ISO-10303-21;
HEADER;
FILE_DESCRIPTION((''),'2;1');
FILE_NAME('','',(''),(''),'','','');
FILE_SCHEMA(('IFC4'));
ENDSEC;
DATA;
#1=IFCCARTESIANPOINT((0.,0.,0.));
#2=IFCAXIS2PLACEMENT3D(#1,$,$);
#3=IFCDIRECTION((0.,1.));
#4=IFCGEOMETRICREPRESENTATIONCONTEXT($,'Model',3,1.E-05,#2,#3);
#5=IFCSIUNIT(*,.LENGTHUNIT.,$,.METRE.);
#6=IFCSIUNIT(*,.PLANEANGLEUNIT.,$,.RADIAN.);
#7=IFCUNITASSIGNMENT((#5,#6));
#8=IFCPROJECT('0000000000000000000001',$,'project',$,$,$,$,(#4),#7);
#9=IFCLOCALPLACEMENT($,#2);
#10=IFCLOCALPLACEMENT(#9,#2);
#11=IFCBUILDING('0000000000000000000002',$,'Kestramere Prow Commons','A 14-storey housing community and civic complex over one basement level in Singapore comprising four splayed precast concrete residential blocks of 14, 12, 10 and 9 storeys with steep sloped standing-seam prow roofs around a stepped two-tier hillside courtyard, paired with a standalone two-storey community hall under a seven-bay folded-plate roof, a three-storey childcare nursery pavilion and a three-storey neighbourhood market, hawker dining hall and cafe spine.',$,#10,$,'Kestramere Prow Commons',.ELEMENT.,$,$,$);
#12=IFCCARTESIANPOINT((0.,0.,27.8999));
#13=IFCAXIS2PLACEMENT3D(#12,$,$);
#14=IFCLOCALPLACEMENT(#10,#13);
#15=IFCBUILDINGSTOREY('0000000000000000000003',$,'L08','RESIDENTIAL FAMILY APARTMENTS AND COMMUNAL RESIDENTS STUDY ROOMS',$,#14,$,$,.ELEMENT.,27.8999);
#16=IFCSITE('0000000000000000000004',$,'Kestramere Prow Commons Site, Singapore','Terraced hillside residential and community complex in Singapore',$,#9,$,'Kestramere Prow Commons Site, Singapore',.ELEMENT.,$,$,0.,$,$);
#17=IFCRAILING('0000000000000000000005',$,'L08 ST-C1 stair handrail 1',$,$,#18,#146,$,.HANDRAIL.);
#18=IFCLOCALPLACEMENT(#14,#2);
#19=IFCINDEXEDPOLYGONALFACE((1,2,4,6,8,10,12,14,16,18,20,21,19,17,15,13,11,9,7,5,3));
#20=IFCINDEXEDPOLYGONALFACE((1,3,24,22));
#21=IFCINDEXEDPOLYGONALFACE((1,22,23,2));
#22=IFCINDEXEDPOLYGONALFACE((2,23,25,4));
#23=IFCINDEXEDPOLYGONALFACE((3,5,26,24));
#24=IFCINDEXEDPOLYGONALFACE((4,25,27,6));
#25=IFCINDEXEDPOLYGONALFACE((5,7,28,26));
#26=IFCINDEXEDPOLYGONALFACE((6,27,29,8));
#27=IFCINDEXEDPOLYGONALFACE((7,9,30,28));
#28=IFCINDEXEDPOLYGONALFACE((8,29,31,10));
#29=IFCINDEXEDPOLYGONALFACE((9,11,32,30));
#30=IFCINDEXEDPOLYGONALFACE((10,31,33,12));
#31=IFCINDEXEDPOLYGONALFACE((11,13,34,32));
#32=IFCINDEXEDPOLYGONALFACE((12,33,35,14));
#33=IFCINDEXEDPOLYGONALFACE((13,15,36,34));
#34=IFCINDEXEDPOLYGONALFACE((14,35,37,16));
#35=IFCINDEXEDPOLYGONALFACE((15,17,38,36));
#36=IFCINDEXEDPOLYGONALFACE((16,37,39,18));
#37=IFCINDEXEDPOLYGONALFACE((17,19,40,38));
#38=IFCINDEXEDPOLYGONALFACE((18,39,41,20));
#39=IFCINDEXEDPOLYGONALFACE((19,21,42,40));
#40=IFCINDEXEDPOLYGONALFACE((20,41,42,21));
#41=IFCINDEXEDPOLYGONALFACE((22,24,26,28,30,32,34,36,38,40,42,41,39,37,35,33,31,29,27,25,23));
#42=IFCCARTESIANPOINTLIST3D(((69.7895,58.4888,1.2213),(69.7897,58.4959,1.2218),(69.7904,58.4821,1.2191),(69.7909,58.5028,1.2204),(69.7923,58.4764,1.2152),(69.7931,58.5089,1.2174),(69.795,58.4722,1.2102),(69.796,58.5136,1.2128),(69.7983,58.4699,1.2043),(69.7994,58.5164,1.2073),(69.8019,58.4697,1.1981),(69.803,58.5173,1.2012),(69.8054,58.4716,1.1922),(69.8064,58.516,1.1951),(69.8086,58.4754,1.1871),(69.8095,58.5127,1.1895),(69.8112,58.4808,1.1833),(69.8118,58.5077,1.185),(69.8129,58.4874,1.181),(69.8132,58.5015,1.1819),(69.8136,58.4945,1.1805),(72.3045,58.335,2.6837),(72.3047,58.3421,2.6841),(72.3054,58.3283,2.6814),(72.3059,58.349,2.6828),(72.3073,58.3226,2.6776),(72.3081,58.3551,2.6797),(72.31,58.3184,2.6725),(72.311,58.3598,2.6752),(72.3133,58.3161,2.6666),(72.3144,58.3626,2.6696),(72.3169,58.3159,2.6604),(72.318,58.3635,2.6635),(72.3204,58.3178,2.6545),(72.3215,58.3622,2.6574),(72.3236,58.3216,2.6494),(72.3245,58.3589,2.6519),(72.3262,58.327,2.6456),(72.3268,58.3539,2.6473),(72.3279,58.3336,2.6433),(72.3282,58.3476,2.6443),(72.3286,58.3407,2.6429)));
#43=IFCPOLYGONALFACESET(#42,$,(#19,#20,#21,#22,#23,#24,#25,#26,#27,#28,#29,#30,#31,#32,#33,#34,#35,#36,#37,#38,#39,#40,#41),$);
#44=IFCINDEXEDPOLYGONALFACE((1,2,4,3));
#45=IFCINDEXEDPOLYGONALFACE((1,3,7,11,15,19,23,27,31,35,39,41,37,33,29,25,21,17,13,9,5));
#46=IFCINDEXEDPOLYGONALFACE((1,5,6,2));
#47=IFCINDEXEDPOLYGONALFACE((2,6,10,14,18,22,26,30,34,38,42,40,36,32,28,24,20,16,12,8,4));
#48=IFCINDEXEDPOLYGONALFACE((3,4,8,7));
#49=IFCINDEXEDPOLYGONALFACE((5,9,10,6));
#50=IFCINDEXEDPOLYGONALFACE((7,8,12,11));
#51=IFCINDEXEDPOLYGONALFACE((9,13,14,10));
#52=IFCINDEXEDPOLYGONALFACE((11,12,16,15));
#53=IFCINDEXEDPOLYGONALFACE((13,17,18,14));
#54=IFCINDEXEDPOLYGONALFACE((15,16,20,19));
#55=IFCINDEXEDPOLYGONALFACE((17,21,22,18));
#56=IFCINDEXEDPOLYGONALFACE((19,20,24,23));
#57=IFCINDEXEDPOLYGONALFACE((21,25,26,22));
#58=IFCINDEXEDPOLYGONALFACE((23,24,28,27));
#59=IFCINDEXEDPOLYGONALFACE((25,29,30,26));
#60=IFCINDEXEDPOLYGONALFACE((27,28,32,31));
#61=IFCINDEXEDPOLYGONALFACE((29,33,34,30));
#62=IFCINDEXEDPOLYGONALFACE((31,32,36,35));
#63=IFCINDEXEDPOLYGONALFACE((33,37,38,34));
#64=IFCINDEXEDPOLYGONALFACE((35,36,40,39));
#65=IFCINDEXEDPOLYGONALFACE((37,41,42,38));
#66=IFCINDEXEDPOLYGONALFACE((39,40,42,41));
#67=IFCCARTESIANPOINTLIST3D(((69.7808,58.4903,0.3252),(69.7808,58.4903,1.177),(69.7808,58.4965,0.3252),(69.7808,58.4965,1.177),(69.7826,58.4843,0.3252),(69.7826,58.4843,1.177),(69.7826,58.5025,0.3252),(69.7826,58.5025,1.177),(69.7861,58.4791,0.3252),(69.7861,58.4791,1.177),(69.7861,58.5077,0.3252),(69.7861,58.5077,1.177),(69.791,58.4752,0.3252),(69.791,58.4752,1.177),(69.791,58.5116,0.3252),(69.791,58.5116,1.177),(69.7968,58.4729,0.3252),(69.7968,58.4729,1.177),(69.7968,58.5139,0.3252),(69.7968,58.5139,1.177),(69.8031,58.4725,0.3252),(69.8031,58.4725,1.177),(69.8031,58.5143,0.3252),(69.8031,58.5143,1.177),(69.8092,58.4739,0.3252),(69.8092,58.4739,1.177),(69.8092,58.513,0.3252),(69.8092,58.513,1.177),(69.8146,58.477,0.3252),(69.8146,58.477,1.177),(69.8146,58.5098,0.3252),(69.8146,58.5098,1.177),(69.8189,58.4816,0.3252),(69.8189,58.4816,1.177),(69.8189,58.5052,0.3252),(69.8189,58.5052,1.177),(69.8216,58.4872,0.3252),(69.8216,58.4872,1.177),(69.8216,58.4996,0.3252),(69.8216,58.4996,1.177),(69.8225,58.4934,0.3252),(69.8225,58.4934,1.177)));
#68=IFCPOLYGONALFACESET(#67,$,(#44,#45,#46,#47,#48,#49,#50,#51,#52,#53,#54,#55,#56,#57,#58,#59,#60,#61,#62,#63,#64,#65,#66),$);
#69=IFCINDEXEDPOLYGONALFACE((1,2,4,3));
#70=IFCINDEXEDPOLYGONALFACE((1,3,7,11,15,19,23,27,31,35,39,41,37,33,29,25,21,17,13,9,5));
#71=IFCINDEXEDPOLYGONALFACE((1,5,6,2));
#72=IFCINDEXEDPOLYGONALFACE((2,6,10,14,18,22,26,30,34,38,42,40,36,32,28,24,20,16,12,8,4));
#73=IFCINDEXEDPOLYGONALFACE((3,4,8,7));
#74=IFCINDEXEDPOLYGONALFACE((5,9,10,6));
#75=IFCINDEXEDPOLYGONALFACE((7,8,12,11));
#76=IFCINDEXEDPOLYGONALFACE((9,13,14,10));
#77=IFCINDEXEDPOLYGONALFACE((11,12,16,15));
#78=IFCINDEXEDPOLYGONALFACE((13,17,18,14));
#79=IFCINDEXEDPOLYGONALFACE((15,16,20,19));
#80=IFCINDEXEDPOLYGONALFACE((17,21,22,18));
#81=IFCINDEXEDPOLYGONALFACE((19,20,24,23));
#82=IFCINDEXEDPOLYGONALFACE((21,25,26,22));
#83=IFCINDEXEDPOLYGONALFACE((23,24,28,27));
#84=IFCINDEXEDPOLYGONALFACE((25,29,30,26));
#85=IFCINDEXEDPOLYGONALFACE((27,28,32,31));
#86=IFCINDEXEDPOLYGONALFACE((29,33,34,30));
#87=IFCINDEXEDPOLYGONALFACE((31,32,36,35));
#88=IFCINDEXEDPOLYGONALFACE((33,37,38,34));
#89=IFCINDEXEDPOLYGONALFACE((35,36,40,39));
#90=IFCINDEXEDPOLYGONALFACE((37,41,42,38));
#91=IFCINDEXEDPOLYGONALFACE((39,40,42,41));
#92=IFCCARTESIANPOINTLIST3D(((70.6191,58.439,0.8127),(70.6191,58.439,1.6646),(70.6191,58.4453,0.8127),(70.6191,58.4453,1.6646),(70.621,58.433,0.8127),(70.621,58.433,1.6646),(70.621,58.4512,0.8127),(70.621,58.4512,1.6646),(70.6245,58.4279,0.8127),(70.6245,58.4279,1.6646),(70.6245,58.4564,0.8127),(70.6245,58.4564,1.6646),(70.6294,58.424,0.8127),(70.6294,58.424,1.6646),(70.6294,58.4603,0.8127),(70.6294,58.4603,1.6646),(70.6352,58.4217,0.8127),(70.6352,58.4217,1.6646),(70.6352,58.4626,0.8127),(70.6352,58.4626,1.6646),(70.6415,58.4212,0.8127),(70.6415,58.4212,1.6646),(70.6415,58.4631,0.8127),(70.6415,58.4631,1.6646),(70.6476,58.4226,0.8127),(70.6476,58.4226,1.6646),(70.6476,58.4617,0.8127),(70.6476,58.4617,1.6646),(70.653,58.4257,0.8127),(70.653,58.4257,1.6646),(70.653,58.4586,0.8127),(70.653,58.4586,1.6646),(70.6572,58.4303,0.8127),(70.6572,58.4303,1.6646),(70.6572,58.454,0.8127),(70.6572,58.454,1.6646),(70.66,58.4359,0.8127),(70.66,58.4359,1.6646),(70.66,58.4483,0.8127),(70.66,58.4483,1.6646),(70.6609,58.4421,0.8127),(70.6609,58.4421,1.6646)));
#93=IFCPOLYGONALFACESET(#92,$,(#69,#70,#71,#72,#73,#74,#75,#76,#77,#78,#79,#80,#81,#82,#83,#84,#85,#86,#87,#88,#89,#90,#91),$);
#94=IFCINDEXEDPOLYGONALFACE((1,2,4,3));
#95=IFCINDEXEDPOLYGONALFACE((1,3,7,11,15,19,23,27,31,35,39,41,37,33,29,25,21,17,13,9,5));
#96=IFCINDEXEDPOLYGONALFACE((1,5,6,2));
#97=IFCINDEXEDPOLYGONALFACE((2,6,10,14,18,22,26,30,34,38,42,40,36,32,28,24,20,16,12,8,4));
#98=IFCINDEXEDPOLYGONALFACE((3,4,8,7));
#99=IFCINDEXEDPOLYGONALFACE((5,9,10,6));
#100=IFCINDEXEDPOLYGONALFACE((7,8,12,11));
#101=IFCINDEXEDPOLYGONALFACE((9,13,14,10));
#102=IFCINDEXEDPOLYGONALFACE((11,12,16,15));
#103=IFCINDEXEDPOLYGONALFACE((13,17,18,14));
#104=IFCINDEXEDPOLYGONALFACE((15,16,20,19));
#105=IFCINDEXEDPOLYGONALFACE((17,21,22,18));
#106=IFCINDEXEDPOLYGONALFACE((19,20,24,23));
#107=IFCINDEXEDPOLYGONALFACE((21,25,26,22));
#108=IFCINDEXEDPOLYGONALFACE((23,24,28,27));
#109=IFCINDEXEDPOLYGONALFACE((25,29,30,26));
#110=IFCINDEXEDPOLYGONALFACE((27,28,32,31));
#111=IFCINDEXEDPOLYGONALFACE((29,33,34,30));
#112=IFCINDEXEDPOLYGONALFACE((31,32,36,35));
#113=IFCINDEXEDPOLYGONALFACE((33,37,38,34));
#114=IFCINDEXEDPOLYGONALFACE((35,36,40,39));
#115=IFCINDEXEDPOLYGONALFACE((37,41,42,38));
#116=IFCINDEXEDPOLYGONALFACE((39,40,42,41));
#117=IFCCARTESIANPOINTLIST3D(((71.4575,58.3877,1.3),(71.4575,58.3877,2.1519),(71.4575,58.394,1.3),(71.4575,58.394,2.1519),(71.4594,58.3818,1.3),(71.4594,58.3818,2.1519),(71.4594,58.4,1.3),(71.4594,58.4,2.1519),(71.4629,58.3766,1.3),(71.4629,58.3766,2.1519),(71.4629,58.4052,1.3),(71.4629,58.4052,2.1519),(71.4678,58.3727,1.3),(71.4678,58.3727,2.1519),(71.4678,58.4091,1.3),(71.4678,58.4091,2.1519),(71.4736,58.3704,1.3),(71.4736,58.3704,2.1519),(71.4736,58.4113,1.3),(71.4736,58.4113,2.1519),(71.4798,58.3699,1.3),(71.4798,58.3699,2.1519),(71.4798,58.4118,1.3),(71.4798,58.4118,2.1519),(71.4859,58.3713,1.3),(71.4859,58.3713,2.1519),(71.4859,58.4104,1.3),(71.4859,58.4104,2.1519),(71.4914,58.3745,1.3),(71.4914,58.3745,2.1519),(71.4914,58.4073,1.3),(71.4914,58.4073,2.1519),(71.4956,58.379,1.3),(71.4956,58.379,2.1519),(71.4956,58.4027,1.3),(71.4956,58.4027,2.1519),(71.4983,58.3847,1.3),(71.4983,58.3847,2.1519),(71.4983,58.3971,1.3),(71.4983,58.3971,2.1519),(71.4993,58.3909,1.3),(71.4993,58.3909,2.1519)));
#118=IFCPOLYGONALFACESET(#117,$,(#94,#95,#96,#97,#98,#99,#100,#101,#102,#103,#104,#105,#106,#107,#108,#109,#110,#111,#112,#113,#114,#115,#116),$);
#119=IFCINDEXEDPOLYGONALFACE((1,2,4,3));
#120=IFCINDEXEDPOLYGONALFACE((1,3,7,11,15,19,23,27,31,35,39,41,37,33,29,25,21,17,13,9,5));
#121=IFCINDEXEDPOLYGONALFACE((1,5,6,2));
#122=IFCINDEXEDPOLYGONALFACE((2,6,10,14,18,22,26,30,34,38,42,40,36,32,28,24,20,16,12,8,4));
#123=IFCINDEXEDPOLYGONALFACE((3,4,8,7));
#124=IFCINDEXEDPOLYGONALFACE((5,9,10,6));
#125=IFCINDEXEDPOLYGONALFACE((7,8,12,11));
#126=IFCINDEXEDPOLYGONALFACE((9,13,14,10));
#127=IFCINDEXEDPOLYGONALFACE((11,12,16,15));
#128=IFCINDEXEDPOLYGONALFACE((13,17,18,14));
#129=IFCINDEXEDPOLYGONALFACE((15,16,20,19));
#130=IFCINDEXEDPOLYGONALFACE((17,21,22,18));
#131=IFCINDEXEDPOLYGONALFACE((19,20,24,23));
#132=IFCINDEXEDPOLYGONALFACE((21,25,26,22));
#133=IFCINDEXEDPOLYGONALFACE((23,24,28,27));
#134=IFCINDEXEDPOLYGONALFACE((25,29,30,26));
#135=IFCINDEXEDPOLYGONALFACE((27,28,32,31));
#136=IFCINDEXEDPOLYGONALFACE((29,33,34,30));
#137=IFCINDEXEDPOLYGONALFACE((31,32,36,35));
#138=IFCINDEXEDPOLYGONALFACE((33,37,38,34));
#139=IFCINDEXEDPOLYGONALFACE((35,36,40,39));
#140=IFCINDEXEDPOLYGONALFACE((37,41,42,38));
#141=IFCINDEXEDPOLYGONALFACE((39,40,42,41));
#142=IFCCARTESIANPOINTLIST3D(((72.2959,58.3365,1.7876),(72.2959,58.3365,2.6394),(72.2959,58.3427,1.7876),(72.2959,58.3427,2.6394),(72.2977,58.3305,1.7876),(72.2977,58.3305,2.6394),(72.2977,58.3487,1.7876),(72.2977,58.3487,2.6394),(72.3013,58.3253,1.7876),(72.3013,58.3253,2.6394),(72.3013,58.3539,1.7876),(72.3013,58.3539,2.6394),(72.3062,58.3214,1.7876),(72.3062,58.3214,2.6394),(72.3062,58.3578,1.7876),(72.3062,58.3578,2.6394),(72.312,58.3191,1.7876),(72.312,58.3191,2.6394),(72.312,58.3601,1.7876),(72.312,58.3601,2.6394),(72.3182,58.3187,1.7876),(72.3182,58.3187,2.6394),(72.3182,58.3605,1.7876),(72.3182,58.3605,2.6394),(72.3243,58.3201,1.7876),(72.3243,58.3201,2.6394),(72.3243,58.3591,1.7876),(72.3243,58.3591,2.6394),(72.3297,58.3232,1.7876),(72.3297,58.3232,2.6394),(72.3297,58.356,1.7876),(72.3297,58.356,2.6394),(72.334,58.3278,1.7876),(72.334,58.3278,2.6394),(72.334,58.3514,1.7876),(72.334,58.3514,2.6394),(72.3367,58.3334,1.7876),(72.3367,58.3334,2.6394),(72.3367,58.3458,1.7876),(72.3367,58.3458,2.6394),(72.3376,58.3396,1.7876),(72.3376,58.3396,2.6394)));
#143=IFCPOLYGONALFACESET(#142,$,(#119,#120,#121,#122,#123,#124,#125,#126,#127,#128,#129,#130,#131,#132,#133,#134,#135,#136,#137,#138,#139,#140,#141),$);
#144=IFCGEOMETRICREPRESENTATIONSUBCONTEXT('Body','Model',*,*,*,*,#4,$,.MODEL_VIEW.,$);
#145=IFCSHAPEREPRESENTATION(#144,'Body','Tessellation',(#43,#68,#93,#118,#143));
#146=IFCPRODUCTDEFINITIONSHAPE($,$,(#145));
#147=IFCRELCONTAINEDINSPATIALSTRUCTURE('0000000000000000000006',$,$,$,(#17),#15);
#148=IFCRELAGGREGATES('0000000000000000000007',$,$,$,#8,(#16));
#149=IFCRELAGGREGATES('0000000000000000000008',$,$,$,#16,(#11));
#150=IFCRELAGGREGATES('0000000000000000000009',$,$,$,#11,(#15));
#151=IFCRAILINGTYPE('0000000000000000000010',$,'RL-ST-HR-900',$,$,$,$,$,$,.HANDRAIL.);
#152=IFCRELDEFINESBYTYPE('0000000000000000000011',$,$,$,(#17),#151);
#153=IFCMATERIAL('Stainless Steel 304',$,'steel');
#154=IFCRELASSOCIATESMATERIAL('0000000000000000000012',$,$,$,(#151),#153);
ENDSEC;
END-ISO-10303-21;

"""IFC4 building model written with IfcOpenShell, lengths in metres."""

from ifc_helpers import new_model, si_unit, direction, frame, origin, origin_2d, place, context, subcontext, project, spatial, circle, extrude, material, type_object, element, save


model = new_model("IFC4")

# Units and contexts
model_context = context("Model", 3, precision=1e-05, world=origin(), true_north=direction((0.0, 1.0)))
body_context = subcontext(model_context, "Body", "Model", "MODEL_VIEW")
ifc_project = project(units=[si_unit("LENGTHUNIT", "METRE"), si_unit("PLANEANGLEUNIT", "RADIAN")], contexts=[model_context])

# Site, building, storey
site_placement = place(None, origin())
site = spatial("IfcSite", under=ifc_project, at=site_placement, Name="Kestramere Prow Commons Site, Singapore", Description="Terraced hillside residential and community complex in Singapore", LongName="Kestramere Prow Commons Site, Singapore", CompositionType="ELEMENT", RefElevation=0.0)
building_placement = place(site_placement, origin())
building = spatial("IfcBuilding", under=site, at=building_placement, Name="Kestramere Prow Commons", Description="A 14-storey housing community and civic complex over one basement level in Singapore comprising four splayed precast concrete residential blocks of 14, 12, 10 and 9 storeys with steep sloped standing-seam prow roofs around a stepped two-tier hillside courtyard, paired with a standalone two-storey community hall under a seven-bay folded-plate roof, a three-storey childcare nursery pavilion and a three-storey neighbourhood market, hawker dining hall and cafe spine.", LongName="Kestramere Prow Commons", CompositionType="ELEMENT")
storey_placement = place(building_placement, frame((0.0, 0.0, 27.8999)))
storey = spatial("IfcBuildingStorey", under=building, at=storey_placement, Name="L08", Description="RESIDENTIAL FAMILY APARTMENTS AND COMMUNAL RESIDENTS STUDY ROOMS", CompositionType="ELEMENT", Elevation=27.8999)

# Railing
ifc_material_1 = material(Name="Stainless Steel 304", Category="steel")
railing_type_1 = type_object("IfcRailingType", Name="RL-ST-HR-900", PredefinedType="HANDRAIL", material=ifc_material_1)
railing_1_placement = place(storey_placement, frame((69.8015, 58.4934, 0.3252)))
element("IfcRailing", 1, at=railing_1_placement, inside=storey, type_object=railing_type_1, Name="L08 ST-C1 stair handrail 1", PredefinedType="HANDRAIL", context=body_context, shape_type="SweptSolid", body=[
    extrude(circle(Radius=0.0239, at=origin_2d()), frame((0.0, 0.0, 0.876), z_axis=(0.863285, -0.052793, 0.501949), x_axis=(0.061039, 0.998135, 0.0)), (0.0, 0.0, 1.0), 2.9133),
    extrude(circle(Radius=0.021, at=origin_2d()), origin(), (0.0, 0.0, 1.0), 0.8518),
    extrude(circle(Radius=0.021, at=origin_2d()), frame((0.8384, -0.0513, 0.4875)), (0.0, 0.0, 1.0), 0.8518),
    extrude(circle(Radius=0.021, at=origin_2d()), frame((1.6768, -0.1025, 0.9749)), (0.0, 0.0, 1.0), 0.8518),
    extrude(circle(Radius=0.021, at=origin_2d()), frame((2.5151, -0.1538, 1.4624)), (0.0, 0.0, 1.0), 0.8518),
])

save(model, "model.ifc")
